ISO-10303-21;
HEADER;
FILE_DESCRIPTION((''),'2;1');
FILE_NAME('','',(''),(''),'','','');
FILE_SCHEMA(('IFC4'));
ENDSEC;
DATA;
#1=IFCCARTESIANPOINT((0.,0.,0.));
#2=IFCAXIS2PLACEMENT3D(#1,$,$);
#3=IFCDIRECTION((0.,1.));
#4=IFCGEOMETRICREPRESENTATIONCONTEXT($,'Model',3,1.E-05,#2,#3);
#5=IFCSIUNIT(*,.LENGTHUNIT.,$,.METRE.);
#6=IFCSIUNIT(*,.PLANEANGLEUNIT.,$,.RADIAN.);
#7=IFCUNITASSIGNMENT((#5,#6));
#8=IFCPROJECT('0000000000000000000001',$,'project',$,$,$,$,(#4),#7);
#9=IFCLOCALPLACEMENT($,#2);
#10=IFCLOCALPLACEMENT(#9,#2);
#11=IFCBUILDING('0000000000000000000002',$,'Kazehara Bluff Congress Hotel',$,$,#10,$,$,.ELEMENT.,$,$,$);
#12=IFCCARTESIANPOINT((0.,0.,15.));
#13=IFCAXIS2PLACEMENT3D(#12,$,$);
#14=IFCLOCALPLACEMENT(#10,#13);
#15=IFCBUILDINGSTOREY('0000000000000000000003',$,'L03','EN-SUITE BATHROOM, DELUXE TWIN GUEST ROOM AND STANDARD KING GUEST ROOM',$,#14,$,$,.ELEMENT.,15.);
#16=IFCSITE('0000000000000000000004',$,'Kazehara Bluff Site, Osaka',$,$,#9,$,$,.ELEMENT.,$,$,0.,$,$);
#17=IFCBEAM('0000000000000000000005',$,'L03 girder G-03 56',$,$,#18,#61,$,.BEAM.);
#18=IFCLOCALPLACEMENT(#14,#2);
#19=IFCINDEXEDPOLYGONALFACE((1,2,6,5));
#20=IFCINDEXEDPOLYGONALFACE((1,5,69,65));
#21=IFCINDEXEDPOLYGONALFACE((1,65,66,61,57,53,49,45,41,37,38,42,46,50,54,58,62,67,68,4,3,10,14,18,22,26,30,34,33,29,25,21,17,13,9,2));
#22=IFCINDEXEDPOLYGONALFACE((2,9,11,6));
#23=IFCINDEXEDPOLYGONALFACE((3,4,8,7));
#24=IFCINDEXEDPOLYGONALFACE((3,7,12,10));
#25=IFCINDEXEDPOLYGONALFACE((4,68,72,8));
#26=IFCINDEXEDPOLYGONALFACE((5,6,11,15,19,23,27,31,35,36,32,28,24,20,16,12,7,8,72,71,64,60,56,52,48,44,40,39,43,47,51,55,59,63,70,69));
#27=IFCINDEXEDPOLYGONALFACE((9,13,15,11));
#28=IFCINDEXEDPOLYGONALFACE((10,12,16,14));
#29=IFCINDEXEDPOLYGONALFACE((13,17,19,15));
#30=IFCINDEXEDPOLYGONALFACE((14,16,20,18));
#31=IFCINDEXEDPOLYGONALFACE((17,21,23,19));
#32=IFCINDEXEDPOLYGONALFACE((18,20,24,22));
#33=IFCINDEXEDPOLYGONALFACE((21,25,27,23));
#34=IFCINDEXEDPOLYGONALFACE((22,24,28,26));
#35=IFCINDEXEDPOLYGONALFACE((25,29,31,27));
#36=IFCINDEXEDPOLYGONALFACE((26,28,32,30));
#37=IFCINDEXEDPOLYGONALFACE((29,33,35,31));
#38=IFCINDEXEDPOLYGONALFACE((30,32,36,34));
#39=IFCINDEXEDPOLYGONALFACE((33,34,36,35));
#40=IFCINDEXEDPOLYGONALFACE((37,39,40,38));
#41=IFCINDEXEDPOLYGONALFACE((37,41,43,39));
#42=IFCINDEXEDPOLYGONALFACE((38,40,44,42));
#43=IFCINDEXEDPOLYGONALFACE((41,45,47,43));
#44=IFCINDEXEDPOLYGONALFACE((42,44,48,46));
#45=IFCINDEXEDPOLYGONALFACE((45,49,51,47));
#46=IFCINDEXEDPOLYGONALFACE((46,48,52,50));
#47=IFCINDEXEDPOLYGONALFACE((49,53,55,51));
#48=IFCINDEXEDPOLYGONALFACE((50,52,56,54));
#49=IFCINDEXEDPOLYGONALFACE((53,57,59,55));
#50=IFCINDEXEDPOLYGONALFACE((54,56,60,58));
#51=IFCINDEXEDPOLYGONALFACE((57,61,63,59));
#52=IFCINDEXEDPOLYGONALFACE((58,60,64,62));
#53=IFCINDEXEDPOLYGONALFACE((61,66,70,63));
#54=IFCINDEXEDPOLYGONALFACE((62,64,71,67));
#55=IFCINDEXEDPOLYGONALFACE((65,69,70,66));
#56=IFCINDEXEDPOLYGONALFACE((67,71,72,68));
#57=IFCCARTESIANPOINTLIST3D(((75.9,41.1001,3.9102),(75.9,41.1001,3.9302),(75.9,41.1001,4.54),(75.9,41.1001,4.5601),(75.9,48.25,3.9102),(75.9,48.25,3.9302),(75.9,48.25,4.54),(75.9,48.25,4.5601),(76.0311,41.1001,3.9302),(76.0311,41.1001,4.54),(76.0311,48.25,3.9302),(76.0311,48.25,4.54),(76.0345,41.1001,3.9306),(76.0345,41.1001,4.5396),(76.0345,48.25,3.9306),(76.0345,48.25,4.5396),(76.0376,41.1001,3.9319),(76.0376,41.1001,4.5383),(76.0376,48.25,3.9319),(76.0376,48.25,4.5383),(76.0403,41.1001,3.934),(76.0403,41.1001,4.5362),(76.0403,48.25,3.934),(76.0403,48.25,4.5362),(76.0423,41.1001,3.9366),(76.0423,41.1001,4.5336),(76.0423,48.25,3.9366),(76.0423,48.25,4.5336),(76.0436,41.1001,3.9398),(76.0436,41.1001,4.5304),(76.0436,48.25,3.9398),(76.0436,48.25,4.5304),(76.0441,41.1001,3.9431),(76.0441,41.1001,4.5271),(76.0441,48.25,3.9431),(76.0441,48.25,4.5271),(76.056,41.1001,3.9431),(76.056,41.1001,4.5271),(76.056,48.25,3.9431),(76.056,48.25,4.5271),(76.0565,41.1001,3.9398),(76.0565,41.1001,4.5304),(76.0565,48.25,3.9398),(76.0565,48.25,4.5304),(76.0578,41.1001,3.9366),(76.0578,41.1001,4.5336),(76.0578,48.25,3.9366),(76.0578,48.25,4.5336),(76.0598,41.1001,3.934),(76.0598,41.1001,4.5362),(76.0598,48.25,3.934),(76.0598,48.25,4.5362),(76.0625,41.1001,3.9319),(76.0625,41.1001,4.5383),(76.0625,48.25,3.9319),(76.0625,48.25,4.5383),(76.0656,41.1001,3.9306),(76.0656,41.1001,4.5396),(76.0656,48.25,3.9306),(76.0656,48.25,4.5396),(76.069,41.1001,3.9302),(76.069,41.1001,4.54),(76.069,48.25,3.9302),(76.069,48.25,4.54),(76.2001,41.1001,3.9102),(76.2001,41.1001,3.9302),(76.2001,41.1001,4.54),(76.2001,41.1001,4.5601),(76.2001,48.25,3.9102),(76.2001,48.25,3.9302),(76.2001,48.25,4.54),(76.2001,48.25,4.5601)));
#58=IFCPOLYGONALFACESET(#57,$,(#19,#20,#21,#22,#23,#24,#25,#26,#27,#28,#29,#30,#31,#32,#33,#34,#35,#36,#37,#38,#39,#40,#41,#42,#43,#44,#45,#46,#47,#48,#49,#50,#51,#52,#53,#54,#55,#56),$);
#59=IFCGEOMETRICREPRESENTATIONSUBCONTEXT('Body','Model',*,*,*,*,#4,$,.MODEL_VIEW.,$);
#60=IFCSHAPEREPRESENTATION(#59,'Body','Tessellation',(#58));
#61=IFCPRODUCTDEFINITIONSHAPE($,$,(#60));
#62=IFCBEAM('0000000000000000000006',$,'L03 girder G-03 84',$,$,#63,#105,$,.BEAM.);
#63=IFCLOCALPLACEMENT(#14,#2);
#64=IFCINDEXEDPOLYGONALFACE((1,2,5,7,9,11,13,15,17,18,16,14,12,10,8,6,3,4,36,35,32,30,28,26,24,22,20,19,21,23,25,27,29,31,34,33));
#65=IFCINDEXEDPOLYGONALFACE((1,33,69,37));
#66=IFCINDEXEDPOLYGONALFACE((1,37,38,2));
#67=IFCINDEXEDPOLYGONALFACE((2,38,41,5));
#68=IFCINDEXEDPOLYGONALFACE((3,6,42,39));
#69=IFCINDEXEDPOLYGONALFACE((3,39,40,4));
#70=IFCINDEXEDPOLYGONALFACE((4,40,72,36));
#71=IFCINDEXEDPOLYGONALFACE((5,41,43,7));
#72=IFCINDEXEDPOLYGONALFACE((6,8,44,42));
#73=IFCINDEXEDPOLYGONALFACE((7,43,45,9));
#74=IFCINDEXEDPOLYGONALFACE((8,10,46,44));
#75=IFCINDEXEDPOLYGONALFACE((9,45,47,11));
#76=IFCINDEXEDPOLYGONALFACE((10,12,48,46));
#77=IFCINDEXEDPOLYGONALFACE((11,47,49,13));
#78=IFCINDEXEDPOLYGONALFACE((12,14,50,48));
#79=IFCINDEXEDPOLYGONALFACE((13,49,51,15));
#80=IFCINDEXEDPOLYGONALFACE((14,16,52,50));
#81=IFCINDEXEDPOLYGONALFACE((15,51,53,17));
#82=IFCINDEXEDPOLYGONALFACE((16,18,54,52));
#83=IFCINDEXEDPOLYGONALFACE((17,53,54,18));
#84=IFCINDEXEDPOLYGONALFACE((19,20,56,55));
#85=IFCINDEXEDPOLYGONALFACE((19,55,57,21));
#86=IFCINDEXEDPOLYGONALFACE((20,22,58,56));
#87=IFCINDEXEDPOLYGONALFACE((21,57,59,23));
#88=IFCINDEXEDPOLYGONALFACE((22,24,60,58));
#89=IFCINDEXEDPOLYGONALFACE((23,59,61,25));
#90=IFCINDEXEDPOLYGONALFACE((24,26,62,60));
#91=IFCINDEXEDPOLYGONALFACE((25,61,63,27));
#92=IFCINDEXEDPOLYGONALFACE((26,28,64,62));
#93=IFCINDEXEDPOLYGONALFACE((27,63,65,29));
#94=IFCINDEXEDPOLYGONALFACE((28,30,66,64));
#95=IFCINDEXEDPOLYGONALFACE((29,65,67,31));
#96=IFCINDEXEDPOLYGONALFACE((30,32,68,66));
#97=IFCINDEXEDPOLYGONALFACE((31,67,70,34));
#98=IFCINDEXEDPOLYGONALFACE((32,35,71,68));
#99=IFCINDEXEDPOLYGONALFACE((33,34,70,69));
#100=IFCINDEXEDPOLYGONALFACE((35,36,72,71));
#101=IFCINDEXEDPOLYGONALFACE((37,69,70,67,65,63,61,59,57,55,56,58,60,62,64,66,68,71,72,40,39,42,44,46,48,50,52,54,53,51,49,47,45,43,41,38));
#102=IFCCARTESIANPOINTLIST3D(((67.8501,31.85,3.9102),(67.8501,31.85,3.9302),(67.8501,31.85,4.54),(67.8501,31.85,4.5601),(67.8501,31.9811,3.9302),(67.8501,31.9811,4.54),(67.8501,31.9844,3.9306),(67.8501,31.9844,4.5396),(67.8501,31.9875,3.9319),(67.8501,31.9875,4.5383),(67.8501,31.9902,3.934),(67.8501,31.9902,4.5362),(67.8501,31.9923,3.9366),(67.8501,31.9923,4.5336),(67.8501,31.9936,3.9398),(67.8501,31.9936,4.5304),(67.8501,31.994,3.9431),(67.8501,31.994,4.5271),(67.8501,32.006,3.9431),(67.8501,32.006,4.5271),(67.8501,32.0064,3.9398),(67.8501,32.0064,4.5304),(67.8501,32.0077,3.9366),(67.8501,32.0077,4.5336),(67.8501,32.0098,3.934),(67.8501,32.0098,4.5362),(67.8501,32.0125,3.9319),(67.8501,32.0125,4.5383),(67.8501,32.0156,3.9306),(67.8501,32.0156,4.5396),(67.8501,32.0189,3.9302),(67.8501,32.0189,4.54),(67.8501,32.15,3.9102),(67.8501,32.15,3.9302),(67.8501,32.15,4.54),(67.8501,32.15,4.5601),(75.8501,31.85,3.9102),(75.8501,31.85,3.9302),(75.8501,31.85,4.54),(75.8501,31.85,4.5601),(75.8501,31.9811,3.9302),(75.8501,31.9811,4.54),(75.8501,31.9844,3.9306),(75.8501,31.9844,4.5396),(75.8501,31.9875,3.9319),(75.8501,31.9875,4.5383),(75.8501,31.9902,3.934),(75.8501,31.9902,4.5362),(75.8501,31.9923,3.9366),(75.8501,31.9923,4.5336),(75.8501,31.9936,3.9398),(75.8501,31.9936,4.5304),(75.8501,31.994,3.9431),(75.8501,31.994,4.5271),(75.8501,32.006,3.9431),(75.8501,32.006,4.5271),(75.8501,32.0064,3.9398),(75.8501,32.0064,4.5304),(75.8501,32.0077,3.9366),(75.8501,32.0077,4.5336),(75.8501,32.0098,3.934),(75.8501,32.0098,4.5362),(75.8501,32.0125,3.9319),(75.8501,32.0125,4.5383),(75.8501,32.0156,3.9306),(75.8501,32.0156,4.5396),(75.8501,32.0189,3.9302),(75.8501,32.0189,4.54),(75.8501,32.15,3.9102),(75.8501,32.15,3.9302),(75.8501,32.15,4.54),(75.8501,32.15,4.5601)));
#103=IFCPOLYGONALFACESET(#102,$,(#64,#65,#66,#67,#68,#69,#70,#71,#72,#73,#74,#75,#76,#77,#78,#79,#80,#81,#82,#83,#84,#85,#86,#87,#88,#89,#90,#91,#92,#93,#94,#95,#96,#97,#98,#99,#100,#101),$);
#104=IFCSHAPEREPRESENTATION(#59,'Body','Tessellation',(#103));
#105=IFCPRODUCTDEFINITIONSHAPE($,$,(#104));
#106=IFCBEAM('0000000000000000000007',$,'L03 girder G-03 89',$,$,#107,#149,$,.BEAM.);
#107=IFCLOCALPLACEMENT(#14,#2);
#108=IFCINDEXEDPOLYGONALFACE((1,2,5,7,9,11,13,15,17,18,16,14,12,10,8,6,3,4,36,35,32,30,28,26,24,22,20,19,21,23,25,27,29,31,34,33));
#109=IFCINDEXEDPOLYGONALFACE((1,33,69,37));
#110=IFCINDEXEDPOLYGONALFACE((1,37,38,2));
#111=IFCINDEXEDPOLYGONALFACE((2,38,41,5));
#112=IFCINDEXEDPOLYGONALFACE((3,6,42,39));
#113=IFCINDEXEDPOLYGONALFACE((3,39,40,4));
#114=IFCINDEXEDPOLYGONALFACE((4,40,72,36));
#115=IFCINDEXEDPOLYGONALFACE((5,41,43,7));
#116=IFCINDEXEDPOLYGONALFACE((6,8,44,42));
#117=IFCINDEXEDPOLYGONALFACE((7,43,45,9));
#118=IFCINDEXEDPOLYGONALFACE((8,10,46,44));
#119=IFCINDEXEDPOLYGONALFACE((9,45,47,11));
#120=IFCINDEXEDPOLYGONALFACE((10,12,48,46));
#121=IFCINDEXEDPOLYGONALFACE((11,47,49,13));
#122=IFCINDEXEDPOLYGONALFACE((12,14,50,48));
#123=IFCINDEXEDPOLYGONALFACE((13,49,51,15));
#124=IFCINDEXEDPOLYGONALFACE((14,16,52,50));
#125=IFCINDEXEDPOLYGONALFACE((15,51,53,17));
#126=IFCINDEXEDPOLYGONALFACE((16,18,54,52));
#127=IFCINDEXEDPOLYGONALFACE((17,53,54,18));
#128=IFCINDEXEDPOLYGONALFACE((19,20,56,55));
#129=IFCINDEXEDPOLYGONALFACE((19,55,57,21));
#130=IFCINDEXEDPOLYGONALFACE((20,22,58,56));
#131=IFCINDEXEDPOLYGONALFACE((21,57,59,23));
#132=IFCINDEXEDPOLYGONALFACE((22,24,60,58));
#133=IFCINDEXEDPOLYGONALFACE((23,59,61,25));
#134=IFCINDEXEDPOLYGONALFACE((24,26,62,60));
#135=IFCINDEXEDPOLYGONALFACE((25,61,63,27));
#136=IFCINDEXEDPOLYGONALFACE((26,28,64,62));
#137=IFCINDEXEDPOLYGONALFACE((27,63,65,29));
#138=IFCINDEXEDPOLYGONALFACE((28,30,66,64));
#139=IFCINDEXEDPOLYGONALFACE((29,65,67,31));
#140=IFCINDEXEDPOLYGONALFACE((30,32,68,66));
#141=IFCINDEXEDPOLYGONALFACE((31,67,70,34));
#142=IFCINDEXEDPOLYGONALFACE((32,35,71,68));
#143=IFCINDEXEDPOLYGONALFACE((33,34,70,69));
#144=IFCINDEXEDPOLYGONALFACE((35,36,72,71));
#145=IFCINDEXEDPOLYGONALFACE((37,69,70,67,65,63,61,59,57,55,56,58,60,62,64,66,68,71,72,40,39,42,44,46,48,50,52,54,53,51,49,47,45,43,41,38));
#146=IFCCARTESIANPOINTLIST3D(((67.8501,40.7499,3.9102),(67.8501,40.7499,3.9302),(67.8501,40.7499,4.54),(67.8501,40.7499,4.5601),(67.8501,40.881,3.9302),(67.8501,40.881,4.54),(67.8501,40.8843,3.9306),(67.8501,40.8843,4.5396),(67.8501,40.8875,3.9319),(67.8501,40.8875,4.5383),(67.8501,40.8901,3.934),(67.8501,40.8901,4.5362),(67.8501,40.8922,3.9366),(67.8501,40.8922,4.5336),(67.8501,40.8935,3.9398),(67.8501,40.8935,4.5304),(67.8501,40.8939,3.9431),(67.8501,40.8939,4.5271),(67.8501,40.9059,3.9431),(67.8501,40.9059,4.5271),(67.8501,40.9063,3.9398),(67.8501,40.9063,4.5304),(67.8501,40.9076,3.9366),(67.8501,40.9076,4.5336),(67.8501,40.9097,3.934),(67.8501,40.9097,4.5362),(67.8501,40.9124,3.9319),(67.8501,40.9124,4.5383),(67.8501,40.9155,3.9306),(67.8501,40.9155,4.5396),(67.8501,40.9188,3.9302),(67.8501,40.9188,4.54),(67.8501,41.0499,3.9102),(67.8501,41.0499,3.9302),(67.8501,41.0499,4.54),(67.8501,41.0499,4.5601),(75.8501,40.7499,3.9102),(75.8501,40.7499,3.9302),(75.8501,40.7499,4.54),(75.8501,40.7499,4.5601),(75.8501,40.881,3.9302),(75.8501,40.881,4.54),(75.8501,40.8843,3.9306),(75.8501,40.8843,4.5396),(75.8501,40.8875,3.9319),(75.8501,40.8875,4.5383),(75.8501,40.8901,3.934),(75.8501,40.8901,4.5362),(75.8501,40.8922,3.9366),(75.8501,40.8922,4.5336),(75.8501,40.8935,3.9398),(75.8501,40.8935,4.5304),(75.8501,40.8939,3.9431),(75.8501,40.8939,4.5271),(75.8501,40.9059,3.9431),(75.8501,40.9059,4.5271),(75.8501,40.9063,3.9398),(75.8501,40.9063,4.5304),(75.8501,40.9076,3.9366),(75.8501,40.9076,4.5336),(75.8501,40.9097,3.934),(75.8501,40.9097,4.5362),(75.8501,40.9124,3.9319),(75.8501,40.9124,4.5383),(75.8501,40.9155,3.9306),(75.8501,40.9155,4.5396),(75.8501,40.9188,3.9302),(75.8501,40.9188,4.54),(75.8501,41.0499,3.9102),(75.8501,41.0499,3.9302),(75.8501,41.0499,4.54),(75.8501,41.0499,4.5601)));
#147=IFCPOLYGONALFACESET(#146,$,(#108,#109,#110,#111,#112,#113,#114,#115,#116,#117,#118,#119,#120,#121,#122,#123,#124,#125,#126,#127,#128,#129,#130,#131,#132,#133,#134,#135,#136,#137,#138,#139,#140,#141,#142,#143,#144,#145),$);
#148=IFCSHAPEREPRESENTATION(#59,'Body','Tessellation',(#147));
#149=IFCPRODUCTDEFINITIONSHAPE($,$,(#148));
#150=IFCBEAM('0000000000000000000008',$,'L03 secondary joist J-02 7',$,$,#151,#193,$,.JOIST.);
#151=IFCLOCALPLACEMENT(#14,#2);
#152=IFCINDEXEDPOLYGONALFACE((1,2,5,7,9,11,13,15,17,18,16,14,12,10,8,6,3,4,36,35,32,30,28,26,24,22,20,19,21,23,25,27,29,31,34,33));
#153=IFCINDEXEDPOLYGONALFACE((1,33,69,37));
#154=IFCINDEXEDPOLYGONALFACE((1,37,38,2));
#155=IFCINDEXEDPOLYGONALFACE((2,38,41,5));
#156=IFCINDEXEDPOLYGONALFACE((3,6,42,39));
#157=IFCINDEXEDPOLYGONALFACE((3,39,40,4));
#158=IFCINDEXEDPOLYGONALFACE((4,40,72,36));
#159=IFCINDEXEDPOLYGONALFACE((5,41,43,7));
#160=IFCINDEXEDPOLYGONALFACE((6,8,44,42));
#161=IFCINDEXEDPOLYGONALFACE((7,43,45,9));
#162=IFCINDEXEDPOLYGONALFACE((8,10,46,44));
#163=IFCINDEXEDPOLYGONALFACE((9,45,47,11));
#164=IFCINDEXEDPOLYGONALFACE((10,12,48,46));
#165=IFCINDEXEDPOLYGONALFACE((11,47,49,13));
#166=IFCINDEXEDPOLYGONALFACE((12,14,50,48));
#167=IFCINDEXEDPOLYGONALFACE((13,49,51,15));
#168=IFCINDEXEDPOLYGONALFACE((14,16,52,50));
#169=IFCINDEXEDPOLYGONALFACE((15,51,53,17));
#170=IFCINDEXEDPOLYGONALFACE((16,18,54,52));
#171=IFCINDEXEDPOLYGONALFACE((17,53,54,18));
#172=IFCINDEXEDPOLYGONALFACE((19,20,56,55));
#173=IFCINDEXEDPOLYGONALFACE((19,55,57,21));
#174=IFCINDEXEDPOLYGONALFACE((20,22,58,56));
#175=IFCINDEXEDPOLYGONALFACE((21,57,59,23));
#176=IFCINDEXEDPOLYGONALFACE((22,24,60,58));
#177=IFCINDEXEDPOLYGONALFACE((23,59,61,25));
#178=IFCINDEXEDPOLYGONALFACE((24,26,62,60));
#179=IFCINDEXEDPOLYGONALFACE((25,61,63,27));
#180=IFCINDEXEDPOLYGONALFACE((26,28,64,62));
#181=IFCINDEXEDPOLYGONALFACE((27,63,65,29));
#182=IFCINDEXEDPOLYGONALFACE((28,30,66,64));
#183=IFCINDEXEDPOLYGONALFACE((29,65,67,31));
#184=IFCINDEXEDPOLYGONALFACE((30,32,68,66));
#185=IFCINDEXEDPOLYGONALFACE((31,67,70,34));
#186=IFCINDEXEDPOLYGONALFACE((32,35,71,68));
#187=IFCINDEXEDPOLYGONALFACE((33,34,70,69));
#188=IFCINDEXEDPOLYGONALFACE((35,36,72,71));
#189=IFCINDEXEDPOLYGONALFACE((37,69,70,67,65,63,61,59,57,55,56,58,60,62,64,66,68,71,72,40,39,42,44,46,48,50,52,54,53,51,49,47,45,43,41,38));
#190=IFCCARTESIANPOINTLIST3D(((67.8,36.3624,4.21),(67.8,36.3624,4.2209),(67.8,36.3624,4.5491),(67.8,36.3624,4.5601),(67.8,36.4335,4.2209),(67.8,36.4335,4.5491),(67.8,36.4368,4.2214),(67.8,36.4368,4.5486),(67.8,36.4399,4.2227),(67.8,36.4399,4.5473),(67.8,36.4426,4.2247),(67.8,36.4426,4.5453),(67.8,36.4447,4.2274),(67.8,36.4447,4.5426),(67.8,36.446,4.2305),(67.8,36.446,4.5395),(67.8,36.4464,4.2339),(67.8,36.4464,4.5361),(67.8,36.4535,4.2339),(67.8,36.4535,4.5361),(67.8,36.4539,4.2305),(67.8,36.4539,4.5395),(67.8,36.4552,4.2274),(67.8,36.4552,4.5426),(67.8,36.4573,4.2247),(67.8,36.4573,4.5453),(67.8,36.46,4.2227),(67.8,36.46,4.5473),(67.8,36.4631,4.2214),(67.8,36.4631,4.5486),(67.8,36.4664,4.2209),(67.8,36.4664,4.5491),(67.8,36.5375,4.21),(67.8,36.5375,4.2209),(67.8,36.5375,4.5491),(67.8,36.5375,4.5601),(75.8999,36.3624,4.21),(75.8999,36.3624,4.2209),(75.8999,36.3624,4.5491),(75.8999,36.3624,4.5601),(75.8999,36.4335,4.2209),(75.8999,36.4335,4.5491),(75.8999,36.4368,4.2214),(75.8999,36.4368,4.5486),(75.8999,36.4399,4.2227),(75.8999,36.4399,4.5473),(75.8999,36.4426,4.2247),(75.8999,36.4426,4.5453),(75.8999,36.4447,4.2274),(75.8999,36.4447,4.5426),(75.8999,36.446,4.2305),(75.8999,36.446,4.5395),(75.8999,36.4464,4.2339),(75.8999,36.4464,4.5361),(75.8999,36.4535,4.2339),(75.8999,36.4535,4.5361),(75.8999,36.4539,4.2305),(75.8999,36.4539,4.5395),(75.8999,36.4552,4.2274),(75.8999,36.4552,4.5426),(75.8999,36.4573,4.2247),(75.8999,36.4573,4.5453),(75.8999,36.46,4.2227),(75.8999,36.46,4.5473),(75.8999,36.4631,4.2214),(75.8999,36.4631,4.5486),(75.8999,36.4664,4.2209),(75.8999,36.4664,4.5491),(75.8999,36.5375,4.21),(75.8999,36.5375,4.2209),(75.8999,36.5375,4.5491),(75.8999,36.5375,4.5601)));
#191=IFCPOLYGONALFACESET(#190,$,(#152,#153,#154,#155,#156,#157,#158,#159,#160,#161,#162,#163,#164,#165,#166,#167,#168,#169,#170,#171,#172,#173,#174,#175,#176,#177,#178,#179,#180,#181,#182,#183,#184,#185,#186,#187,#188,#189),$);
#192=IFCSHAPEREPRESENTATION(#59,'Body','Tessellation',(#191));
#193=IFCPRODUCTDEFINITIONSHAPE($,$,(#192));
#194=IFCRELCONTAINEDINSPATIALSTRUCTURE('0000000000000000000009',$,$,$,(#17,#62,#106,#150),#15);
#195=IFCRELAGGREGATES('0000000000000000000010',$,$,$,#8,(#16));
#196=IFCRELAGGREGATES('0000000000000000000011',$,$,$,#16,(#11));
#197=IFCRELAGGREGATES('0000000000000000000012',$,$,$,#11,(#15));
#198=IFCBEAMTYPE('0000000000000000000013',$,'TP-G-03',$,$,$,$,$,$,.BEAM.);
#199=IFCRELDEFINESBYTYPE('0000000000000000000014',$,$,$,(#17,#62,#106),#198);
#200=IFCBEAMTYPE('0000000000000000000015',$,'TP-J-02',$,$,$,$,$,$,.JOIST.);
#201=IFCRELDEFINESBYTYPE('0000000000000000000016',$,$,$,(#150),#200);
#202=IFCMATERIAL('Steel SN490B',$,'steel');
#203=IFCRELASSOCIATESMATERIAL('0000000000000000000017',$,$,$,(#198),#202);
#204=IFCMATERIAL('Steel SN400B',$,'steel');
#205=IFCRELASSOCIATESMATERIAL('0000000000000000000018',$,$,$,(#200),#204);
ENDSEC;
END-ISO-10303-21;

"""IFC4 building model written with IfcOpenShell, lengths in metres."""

from ifc_helpers import new_model, si_unit, direction, frame, origin, origin_2d, place, context, subcontext, project, spatial, i_section, extrude, material, material_profile, profile_set, type_object, element, save


model = new_model("IFC4")

# Units and contexts
model_context = context("Model", 3, precision=1e-05, world=origin(), true_north=direction((0.0, 1.0)))
body_context = subcontext(model_context, "Body", "Model", "MODEL_VIEW")
ifc_project = project(units=[si_unit("LENGTHUNIT", "METRE"), si_unit("PLANEANGLEUNIT", "RADIAN")], contexts=[model_context])

# Site, building, storey
site_placement = place(None, origin())
site = spatial("IfcSite", under=ifc_project, at=site_placement, Name="Kazehara Bluff Site, Osaka", CompositionType="ELEMENT", RefElevation=0.0)
building_placement = place(site_placement, origin())
building = spatial("IfcBuilding", under=site, at=building_placement, Name="Kazehara Bluff Congress Hotel", CompositionType="ELEMENT")
storey_placement = place(building_placement, frame((0.0, 0.0, 15.0)))
storey = spatial("IfcBuildingStorey", under=building, at=storey_placement, Name="L03", Description="EN-SUITE BATHROOM, DELUXE TWIN GUEST ROOM AND STANDARD KING GUEST ROOM", CompositionType="ELEMENT", Elevation=15.0)

# Beams
ifc_material_1 = material(Name="Steel SN490B", Category="steel")
ifc_material_profile_1 = material_profile(ifc_material_1, i_section(OverallWidth=0.3, OverallDepth=0.6499, WebThickness=0.012, FlangeThickness=0.02, FilletRadius=0.0129, at=origin_2d()))
ifc_profile_set_1 = profile_set([ifc_material_profile_1], Name="Steel SN490B")
beam_type_1 = type_object("IfcBeamType", Name="TP-G-03", PredefinedType="BEAM", material=ifc_profile_set_1)
beam_1_placement = place(storey_placement, frame((76.05, 41.1001, 4.2351), z_axis=(0.0, 1.0, 0.0), x_axis=(-1.0, 0.0, 0.0)))
element("IfcBeam", 1, at=beam_1_placement, inside=storey, type_object=beam_type_1, Name="L03 girder G-03 56", PredefinedType="BEAM", context=body_context, shape_type="SweptSolid", body=[
    extrude(i_section(OverallWidth=0.3, OverallDepth=0.6499, WebThickness=0.012, FlangeThickness=0.02, FilletRadius=0.0129, at=origin_2d()), origin(), (0.0, 0.0, 1.0), 7.1499),
])
for number, where, z_axis, x_axis, name in (
    (2, (67.8501, 32.0, 4.2351), (1.0, 0.0, 0.0), (0.0, 1.0, 0.0), "L03 girder G-03 84"),
    (3, (67.8501, 40.8999, 4.2351), (1.0, 0.0, 0.0), (0.0, 1.0, 0.0), "L03 girder G-03 89"),
):
    element("IfcBeam", number, at=place(storey_placement, frame(where, z_axis=z_axis, x_axis=x_axis)), inside=storey, type_object=beam_type_1, Name=name, PredefinedType="BEAM", context=body_context, shape_type="SweptSolid", body=[
        extrude(i_section(OverallWidth=0.3, OverallDepth=0.6499, WebThickness=0.012, FlangeThickness=0.02, FilletRadius=0.0129, at=origin_2d()), origin(), (0.0, 0.0, 1.0), 8.0),
    ])
ifc_material_2 = material(Name="Steel SN400B", Category="steel")
ifc_material_profile_2 = material_profile(ifc_material_2, i_section(OverallWidth=0.175, OverallDepth=0.3501, WebThickness=0.0071, FlangeThickness=0.011, FilletRadius=0.0129, at=origin_2d()))
ifc_profile_set_2 = profile_set([ifc_material_profile_2], Name="Steel SN400B")
beam_type_2 = type_object("IfcBeamType", Name="TP-J-02", PredefinedType="JOIST", material=ifc_profile_set_2)
for number, where, z_axis, x_axis, name in (
    (4, (67.8, 36.45, 4.385), (1.0, 0.0, 0.0), (0.0, 1.0, 0.0), "L03 secondary joist J-02 7"),
):
    element("IfcBeam", number, at=place(storey_placement, frame(where, z_axis=z_axis, x_axis=x_axis)), inside=storey, type_object=beam_type_2, Name=name, PredefinedType="JOIST", context=body_context, shape_type="SweptSolid", body=[
        extrude(i_section(OverallWidth=0.175, OverallDepth=0.3501, WebThickness=0.0071, FlangeThickness=0.011, FilletRadius=0.0129, at=origin_2d()), origin(), (0.0, 0.0, 1.0), 8.0999),
    ])

save(model, "model.ifc")
